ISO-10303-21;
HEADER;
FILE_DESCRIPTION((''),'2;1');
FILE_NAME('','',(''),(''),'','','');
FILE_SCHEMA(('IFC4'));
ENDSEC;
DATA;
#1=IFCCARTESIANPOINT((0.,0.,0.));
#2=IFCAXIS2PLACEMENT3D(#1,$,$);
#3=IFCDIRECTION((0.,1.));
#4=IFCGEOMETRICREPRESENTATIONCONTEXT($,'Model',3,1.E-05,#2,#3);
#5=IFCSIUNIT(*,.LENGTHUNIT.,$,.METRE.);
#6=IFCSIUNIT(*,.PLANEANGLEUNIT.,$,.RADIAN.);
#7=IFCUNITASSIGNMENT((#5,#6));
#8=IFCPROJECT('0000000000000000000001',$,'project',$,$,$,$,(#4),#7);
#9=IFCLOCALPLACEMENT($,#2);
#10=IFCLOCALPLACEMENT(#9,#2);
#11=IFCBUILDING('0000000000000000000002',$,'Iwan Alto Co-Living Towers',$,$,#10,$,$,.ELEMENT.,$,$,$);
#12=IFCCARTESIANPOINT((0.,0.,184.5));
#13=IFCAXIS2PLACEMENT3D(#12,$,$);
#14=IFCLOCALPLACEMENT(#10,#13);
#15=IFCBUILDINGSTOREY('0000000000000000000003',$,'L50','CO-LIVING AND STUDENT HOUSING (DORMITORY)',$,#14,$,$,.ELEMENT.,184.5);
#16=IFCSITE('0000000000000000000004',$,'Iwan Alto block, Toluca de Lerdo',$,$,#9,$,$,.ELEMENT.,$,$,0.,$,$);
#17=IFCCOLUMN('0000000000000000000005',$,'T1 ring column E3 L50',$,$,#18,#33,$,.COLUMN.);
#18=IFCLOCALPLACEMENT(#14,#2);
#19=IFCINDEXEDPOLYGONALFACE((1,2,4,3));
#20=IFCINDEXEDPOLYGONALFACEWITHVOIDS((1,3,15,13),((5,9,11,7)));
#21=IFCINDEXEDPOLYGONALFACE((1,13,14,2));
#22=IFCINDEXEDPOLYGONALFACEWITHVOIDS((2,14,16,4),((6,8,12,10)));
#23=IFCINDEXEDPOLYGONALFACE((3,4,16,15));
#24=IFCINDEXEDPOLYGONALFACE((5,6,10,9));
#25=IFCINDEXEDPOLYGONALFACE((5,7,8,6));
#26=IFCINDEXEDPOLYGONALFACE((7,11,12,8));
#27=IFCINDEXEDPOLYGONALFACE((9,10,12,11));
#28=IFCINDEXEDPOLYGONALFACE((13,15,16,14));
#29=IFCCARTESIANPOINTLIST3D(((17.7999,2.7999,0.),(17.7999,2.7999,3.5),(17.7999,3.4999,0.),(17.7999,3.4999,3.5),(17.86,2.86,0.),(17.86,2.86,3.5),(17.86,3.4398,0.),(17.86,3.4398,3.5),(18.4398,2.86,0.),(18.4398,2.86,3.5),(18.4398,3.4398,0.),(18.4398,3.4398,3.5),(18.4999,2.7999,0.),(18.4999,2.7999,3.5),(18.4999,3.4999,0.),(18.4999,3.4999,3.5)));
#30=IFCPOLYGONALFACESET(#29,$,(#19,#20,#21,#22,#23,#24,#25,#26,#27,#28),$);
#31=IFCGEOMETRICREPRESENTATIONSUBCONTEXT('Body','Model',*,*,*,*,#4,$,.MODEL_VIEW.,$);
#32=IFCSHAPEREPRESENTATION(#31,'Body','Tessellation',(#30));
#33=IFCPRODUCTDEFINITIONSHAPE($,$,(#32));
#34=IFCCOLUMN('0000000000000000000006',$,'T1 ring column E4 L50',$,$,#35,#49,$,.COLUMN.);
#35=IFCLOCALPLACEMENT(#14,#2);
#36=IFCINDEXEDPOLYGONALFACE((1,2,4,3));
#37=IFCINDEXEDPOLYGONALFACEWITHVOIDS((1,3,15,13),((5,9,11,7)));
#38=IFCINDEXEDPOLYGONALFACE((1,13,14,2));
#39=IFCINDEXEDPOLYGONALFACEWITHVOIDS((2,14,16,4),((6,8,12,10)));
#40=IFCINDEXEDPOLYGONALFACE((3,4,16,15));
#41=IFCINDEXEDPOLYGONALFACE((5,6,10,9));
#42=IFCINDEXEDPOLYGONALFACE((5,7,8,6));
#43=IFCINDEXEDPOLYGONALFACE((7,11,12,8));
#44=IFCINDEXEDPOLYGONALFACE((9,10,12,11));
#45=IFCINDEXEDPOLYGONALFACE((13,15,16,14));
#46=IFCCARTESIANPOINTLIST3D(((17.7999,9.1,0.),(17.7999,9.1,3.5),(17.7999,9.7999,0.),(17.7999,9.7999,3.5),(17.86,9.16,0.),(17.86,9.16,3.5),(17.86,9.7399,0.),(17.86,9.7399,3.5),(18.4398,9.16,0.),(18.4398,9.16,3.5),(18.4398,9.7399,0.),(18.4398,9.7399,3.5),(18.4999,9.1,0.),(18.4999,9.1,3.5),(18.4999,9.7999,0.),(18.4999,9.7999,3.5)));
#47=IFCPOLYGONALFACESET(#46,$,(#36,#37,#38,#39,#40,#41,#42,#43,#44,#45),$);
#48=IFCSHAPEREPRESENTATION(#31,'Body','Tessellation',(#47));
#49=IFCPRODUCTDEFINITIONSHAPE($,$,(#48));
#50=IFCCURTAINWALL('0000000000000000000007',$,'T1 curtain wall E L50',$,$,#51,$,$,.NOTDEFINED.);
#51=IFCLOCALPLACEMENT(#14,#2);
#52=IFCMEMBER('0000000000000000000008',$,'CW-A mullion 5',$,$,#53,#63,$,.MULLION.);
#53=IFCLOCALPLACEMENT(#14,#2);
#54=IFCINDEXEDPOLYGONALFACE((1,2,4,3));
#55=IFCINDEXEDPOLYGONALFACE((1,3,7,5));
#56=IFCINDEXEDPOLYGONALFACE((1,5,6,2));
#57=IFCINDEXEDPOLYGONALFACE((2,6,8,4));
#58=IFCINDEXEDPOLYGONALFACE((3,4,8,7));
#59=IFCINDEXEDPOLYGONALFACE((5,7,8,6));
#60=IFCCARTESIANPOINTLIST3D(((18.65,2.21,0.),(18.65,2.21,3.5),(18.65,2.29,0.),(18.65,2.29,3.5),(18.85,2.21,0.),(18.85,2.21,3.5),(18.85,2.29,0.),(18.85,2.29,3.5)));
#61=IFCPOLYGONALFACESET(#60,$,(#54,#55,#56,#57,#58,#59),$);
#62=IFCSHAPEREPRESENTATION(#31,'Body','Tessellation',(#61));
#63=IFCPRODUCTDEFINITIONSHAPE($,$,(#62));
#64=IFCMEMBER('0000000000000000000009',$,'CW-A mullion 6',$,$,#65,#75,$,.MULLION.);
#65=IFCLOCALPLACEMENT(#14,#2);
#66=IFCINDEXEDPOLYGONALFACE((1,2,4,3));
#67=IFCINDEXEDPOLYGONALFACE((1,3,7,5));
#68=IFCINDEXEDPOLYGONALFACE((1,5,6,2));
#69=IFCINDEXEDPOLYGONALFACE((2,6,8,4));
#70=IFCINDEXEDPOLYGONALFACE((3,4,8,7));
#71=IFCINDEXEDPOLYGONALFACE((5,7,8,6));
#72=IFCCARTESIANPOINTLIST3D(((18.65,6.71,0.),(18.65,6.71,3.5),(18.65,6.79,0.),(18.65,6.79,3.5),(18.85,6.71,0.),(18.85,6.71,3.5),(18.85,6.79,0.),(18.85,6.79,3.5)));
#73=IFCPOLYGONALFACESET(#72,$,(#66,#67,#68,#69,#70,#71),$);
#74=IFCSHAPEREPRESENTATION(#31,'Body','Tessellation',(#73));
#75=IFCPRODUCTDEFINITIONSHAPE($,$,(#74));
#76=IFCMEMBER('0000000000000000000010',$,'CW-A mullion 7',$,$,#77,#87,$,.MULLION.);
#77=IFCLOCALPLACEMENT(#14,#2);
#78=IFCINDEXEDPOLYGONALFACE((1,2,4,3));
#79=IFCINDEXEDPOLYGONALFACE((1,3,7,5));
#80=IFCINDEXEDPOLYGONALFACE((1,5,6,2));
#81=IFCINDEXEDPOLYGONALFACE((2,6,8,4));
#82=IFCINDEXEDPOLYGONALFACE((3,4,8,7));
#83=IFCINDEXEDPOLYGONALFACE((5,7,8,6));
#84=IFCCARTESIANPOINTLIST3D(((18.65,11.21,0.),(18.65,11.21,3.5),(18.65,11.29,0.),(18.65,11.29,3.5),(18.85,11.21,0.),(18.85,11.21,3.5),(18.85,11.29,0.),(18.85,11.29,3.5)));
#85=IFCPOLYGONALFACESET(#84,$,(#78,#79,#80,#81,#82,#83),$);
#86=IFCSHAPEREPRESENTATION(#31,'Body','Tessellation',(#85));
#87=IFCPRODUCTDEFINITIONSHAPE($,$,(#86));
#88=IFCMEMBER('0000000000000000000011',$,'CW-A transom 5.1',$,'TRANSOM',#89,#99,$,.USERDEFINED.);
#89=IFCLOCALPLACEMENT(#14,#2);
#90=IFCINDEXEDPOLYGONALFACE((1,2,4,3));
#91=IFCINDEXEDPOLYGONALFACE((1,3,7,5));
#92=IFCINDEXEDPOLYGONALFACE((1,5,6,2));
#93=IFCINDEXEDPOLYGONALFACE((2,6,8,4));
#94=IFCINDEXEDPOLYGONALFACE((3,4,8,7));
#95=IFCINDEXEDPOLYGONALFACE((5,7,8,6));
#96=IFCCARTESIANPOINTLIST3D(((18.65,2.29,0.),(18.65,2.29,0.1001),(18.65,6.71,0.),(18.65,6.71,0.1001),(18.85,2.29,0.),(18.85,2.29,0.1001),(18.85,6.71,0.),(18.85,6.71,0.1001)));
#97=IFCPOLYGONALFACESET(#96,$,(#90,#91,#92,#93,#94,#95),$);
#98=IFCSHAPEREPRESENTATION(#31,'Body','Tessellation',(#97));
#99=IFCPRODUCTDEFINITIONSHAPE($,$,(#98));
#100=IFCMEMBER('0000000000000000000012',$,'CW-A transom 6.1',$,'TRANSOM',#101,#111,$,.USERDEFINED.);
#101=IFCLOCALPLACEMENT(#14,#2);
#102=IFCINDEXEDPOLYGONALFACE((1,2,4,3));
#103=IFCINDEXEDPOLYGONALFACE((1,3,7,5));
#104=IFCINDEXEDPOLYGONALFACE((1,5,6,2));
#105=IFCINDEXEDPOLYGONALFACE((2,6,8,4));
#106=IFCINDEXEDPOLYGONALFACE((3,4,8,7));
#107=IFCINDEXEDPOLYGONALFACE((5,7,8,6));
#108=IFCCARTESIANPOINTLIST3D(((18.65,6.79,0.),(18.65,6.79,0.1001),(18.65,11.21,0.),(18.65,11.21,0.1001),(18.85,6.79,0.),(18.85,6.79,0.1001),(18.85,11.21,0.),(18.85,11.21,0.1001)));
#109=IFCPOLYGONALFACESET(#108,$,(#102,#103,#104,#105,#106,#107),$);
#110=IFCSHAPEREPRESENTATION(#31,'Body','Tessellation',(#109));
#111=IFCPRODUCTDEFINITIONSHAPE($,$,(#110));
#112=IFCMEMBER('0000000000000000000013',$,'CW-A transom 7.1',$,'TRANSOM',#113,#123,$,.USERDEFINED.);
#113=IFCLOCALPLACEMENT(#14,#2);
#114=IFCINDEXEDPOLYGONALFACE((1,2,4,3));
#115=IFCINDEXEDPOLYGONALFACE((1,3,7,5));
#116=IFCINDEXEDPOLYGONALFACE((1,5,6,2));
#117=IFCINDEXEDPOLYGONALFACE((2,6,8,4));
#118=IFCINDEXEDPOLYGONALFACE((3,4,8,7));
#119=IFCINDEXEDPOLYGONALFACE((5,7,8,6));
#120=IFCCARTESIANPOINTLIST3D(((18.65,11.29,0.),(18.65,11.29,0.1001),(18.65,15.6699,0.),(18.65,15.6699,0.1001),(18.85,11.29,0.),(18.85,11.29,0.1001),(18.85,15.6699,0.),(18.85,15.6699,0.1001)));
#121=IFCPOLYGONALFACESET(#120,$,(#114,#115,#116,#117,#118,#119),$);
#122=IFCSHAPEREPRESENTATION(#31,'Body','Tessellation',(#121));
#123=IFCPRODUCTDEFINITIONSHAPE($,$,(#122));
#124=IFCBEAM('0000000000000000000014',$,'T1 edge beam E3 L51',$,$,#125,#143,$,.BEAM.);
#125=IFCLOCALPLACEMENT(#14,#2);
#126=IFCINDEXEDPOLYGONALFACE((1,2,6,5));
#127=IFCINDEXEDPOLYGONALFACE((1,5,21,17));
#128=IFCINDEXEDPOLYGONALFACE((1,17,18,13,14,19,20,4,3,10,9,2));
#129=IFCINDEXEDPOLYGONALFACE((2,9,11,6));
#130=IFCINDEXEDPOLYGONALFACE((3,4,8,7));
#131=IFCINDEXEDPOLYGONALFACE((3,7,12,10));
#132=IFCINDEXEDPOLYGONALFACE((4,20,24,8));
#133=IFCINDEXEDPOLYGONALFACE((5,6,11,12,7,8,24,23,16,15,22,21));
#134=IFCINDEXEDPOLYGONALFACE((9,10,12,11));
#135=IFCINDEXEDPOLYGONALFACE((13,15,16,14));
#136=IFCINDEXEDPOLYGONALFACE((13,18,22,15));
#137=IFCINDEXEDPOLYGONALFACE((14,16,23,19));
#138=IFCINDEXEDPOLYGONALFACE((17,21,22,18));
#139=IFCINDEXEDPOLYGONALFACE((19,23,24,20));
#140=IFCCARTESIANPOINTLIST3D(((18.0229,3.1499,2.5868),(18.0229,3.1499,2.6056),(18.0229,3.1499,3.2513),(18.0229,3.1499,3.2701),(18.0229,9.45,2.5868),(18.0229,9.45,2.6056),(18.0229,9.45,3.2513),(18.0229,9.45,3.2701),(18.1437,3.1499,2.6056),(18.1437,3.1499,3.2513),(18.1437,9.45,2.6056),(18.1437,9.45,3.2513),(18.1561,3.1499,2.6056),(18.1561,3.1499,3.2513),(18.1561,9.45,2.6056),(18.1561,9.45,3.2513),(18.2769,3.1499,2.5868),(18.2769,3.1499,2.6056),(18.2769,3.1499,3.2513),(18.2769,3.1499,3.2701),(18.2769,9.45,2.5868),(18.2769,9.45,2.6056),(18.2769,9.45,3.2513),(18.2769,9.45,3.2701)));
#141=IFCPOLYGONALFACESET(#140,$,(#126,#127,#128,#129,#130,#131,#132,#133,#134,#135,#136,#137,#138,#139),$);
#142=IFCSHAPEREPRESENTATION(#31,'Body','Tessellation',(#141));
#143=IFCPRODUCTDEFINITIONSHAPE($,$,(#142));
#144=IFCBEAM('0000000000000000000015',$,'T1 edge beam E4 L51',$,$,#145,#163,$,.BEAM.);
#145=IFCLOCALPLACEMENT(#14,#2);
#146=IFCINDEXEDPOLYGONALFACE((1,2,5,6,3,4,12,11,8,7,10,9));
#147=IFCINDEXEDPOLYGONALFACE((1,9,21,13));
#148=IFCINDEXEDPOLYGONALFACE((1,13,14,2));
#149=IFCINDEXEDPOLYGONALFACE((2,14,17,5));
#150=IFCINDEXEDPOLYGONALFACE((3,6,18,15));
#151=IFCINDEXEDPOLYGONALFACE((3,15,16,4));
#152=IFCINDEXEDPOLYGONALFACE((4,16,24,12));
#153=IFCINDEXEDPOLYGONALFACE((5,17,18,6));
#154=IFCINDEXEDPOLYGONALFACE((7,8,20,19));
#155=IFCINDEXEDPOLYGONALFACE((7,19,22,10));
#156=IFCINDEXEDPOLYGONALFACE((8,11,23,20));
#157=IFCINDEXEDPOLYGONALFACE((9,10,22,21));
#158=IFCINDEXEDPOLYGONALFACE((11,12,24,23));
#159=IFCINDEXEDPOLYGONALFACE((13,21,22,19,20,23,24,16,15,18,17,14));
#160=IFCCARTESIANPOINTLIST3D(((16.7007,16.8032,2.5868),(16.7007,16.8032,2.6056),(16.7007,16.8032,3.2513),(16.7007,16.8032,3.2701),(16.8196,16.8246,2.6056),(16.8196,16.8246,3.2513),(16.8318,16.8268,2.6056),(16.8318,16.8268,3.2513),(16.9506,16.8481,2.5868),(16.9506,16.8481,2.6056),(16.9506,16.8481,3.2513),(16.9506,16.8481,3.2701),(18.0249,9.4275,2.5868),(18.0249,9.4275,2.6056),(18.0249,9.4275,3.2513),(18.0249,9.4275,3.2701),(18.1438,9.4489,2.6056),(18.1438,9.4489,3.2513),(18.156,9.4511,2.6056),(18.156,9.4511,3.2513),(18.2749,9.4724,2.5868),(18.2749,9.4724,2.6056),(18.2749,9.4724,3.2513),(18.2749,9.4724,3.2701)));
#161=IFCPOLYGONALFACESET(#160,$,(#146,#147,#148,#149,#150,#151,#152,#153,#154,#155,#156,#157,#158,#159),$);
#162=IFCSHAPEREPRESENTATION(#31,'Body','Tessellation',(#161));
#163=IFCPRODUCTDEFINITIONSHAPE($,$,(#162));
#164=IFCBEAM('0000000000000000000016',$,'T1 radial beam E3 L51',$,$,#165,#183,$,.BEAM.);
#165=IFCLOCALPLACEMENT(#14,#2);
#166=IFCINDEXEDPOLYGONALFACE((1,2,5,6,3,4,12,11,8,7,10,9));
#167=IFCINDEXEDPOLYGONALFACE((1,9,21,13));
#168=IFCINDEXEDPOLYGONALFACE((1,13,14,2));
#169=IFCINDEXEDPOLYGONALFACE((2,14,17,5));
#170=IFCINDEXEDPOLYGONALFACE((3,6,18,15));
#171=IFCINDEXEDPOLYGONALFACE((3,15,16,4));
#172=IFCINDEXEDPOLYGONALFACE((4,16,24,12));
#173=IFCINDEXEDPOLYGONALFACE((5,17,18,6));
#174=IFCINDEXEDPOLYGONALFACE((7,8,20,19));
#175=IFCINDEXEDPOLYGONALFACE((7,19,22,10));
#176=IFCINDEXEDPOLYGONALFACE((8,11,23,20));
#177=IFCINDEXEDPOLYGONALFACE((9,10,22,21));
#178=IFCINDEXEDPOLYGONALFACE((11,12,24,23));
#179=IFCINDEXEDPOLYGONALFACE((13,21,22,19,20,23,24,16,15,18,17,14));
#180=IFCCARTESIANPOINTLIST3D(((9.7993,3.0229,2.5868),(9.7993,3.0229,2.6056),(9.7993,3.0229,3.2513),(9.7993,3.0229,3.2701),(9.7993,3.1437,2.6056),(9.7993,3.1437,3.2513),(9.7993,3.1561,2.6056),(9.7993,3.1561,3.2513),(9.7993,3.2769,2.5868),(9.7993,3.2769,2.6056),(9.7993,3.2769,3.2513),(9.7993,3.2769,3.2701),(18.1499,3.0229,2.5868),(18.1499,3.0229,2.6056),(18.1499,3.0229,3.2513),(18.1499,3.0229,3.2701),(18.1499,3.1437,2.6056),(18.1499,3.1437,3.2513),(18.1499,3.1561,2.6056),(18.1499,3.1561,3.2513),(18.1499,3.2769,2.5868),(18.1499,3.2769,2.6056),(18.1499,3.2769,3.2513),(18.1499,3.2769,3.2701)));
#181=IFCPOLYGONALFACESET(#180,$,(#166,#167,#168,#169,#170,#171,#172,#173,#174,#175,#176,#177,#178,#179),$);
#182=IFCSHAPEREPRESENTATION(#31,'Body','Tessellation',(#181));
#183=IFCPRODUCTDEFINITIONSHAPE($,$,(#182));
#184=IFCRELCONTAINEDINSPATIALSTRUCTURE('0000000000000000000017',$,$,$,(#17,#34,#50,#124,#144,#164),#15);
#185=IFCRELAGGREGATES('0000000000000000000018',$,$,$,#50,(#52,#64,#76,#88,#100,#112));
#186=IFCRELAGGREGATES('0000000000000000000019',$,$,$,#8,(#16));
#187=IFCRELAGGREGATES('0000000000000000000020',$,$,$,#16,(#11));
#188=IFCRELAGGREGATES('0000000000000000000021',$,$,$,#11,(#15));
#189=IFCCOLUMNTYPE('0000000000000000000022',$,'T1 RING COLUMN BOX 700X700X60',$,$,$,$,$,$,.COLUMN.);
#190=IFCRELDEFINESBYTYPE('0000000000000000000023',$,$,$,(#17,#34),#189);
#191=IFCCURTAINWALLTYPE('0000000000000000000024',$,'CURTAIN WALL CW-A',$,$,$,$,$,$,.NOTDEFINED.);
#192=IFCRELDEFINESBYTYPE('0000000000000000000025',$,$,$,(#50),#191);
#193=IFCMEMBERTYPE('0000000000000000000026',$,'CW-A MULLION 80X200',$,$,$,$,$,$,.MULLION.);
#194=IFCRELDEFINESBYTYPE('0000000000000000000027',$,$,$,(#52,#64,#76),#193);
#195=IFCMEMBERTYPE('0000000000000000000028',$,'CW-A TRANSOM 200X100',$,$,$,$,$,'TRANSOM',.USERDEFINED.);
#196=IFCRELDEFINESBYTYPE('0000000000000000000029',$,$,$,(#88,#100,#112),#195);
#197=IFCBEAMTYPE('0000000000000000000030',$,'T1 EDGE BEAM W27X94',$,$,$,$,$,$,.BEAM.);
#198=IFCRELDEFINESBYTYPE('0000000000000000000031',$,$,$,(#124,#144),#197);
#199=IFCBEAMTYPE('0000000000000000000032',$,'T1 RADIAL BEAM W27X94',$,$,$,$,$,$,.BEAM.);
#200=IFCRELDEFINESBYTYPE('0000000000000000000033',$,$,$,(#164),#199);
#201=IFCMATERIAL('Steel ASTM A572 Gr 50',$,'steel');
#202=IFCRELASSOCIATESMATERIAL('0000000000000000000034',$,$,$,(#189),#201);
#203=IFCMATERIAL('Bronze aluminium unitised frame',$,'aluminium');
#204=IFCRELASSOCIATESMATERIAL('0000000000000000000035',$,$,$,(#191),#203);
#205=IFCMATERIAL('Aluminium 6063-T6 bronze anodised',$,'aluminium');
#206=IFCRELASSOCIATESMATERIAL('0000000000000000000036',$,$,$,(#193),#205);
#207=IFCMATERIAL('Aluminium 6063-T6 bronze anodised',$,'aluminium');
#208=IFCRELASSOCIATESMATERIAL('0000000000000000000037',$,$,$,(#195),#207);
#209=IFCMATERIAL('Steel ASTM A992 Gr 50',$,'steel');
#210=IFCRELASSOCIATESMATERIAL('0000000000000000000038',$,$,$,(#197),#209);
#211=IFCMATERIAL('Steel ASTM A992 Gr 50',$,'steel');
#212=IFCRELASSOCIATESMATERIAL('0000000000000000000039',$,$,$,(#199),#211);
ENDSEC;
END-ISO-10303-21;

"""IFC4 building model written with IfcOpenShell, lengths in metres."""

from ifc_helpers import new_model, si_unit, direction, frame, origin, origin_2d, place, context, subcontext, project, spatial, rectangle, hollow_rectangle, i_section, extrude, material, material_profile, profile_set, type_object, element, aggregate, save


model = new_model("IFC4")

# Units and contexts
model_context = context("Model", 3, precision=1e-05, world=origin(), true_north=direction((0.0, 1.0)))
body_context = subcontext(model_context, "Body", "Model", "MODEL_VIEW")
ifc_project = project(units=[si_unit("LENGTHUNIT", "METRE"), si_unit("PLANEANGLEUNIT", "RADIAN")], contexts=[model_context])

# Site, building, storey
site_placement = place(None, origin())
site = spatial("IfcSite", under=ifc_project, at=site_placement, Name="Iwan Alto block, Toluca de Lerdo", CompositionType="ELEMENT", RefElevation=0.0)
building_placement = place(site_placement, origin())
building = spatial("IfcBuilding", under=site, at=building_placement, Name="Iwan Alto Co-Living Towers", CompositionType="ELEMENT")
storey_placement = place(building_placement, frame((0.0, 0.0, 184.5)))
storey = spatial("IfcBuildingStorey", under=building, at=storey_placement, Name="L50", Description="CO-LIVING AND STUDENT HOUSING (DORMITORY)", CompositionType="ELEMENT", Elevation=184.5)

# Columns
ifc_material_1 = material(Name="Steel ASTM A572 Gr 50", Category="steel")
ifc_material_profile_1 = material_profile(ifc_material_1, hollow_rectangle(XDim=0.7, YDim=0.7, WallThickness=0.0601, at=origin_2d()), Name="BOX 700X700X60")
ifc_profile_set_1 = profile_set([ifc_material_profile_1], Name="Steel ASTM A572 Gr 50")
column_type = type_object("IfcColumnType", Name="T1 RING COLUMN BOX 700X700X60", PredefinedType="COLUMN", material=ifc_profile_set_1)
for number, where, z_axis, x_axis, name in (
    (1, (18.1499, 3.1499, 0.0), (0.0, 0.0, 1.0), (1.0, 0.0, 0.0), "T1 ring column E3 L50"),
    (2, (18.1499, 9.45, 0.0), (0.0, 0.0, 1.0), (1.0, 0.0, 0.0), "T1 ring column E4 L50"),
):
    element("IfcColumn", number, at=place(storey_placement, frame(where, z_axis=z_axis, x_axis=x_axis)), inside=storey, type_object=column_type, Name=name, PredefinedType="COLUMN", context=body_context, shape_type="SweptSolid", body=[
        extrude(hollow_rectangle(XDim=0.7, YDim=0.7, WallThickness=0.0601, at=origin_2d()), origin(), (0.0, 0.0, 1.0), 3.5),
    ])

# Curtain wall, members
ifc_material_2 = material(Name="Bronze aluminium unitised frame", Category="aluminium")
curtain_wall_type = type_object("IfcCurtainWallType", Name="CURTAIN WALL CW-A", PredefinedType="NOTDEFINED", material=ifc_material_2)
curtain_wall_placement = place(storey_placement, origin())
curtain_wall = element("IfcCurtainWall", 3, at=curtain_wall_placement, inside=storey, type_object=curtain_wall_type, Name="T1 curtain wall E L50", PredefinedType="NOTDEFINED")
ifc_material_3 = material(Name="Aluminium 6063-T6 bronze anodised", Category="aluminium")
ifc_material_profile_2 = material_profile(ifc_material_3, rectangle(XDim=0.2, YDim=0.0801, at=origin_2d()), Name="AL 80X200")
ifc_profile_set_2 = profile_set([ifc_material_profile_2], Name="Aluminium 6063-T6 bronze anodised")
member_type_1 = type_object("IfcMemberType", Name="CW-A MULLION 80X200", PredefinedType="MULLION", material=ifc_profile_set_2)
member_1_placement = place(storey_placement, frame((18.75, 2.25, 0.0), z_axis=(0.0, 0.0, 1.0), x_axis=(-1.0, 0.0, 0.0)))
member_1 = element("IfcMember", 4, at=member_1_placement, type_object=member_type_1, Name="CW-A mullion 5", PredefinedType="MULLION", context=body_context, shape_type="SweptSolid", body=[
    extrude(rectangle(XDim=0.2, YDim=0.0801, at=origin_2d()), origin(), (0.0, 0.0, 1.0), 3.5),
])
member_2_placement = place(storey_placement, frame((18.75, 6.75, 0.0), z_axis=(0.0, 0.0, 1.0), x_axis=(-1.0, 0.0, 0.0)))
member_2 = element("IfcMember", 5, at=member_2_placement, type_object=member_type_1, Name="CW-A mullion 6", PredefinedType="MULLION", context=body_context, shape_type="SweptSolid", body=[
    extrude(rectangle(XDim=0.2, YDim=0.0801, at=origin_2d()), origin(), (0.0, 0.0, 1.0), 3.5),
])
member_3_placement = place(storey_placement, frame((18.75, 11.25, 0.0), z_axis=(0.0, 0.0, 1.0), x_axis=(-1.0, 0.0, 0.0)))
member_3 = element("IfcMember", 6, at=member_3_placement, type_object=member_type_1, Name="CW-A mullion 7", PredefinedType="MULLION", context=body_context, shape_type="SweptSolid", body=[
    extrude(rectangle(XDim=0.2, YDim=0.0801, at=origin_2d()), origin(), (0.0, 0.0, 1.0), 3.5),
])
ifc_material_4 = material(Name="Aluminium 6063-T6 bronze anodised", Category="aluminium")
ifc_material_profile_3 = material_profile(ifc_material_4, rectangle(XDim=0.2, YDim=0.1001, at=origin_2d()), Name="AL 200X100")
ifc_profile_set_3 = profile_set([ifc_material_profile_3], Name="Aluminium 6063-T6 bronze anodised")
member_type_2 = type_object("IfcMemberType", Name="CW-A TRANSOM 200X100", ElementType="TRANSOM", PredefinedType="USERDEFINED", material=ifc_profile_set_3)
member_4_placement = place(storey_placement, frame((18.75, 2.29, 0.05), z_axis=(0.0, 1.0, 0.0), x_axis=(-1.0, 0.0, 0.0)))
member_4 = element("IfcMember", 7, at=member_4_placement, type_object=member_type_2, Name="CW-A transom 5.1", ObjectType="TRANSOM", PredefinedType="USERDEFINED", context=body_context, shape_type="SweptSolid", body=[
    extrude(rectangle(XDim=0.2, YDim=0.1001, at=origin_2d()), origin(), (0.0, 0.0, 1.0), 4.4199),
])
member_5_placement = place(storey_placement, frame((18.75, 6.79, 0.05), z_axis=(0.0, 1.0, 0.0), x_axis=(-1.0, 0.0, 0.0)))
member_5 = element("IfcMember", 8, at=member_5_placement, type_object=member_type_2, Name="CW-A transom 6.1", ObjectType="TRANSOM", PredefinedType="USERDEFINED", context=body_context, shape_type="SweptSolid", body=[
    extrude(rectangle(XDim=0.2, YDim=0.1001, at=origin_2d()), origin(), (0.0, 0.0, 1.0), 4.4199),
])
member_6_placement = place(storey_placement, frame((18.75, 11.29, 0.05), z_axis=(0.0, 1.0, 0.0), x_axis=(-1.0, 0.0, 0.0)))
member_6 = element("IfcMember", 9, at=member_6_placement, type_object=member_type_2, Name="CW-A transom 7.1", ObjectType="TRANSOM", PredefinedType="USERDEFINED", context=body_context, shape_type="SweptSolid", body=[
    extrude(rectangle(XDim=0.2, YDim=0.1001, at=origin_2d()), origin(), (0.0, 0.0, 1.0), 4.3799),
])

# Beams
ifc_material_5 = material(Name="Steel ASTM A992 Gr 50", Category="steel")
ifc_material_profile_4 = material_profile(ifc_material_5, i_section(OverallWidth=0.2539, OverallDepth=0.6833, WebThickness=0.0125, FlangeThickness=0.0188, at=origin_2d()), Name="W27X94")
ifc_profile_set_4 = profile_set([ifc_material_profile_4], Name="Steel ASTM A992 Gr 50")
beam_type_1 = type_object("IfcBeamType", Name="T1 EDGE BEAM W27X94", PredefinedType="BEAM", material=ifc_profile_set_4)
beam_1_placement = place(storey_placement, frame((18.1499, 3.1499, 2.9285), z_axis=(0.0, 1.0, 0.0), x_axis=(-1.0, 0.0, 0.0)))
element("IfcBeam", 10, at=beam_1_placement, inside=storey, type_object=beam_type_1, Name="T1 edge beam E3 L51", PredefinedType="BEAM", context=body_context, shape_type="SweptSolid", body=[
    extrude(i_section(OverallWidth=0.2539, OverallDepth=0.6833, WebThickness=0.0125, FlangeThickness=0.0188, at=origin_2d()), origin(), (0.0, 0.0, 1.0), 6.3),
])
beam_2_placement = place(storey_placement, frame((18.1499, 9.45, 2.9285), z_axis=(-0.176712, 0.984263, 0.0), x_axis=(-0.984263, -0.176712, 0.0)))
element("IfcBeam", 11, at=beam_2_placement, inside=storey, type_object=beam_type_1, Name="T1 edge beam E4 L51", PredefinedType="BEAM", context=body_context, shape_type="SweptSolid", body=[
    extrude(i_section(OverallWidth=0.2539, OverallDepth=0.6833, WebThickness=0.0125, FlangeThickness=0.0188, at=origin_2d()), origin(), (0.0, 0.0, 1.0), 7.4937),
])
ifc_material_6 = material(Name="Steel ASTM A992 Gr 50", Category="steel")
ifc_material_profile_5 = material_profile(ifc_material_6, i_section(OverallWidth=0.2539, OverallDepth=0.6833, WebThickness=0.0125, FlangeThickness=0.0188, at=origin_2d()), Name="W27X94")
ifc_profile_set_5 = profile_set([ifc_material_profile_5], Name="Steel ASTM A992 Gr 50")
beam_type_2 = type_object("IfcBeamType", Name="T1 RADIAL BEAM W27X94", PredefinedType="BEAM", material=ifc_profile_set_5)
for number, where, z_axis, x_axis, name in (
    (12, (18.1499, 3.1499, 2.9285), (-1.0, 0.0, 0.0), (0.0, -1.0, 0.0), "T1 radial beam E3 L51"),
):
    element("IfcBeam", number, at=place(storey_placement, frame(where, z_axis=z_axis, x_axis=x_axis)), inside=storey, type_object=beam_type_2, Name=name, PredefinedType="BEAM", context=body_context, shape_type="SweptSolid", body=[
        extrude(i_section(OverallWidth=0.2539, OverallDepth=0.6833, WebThickness=0.0125, FlangeThickness=0.0188, at=origin_2d()), origin(), (0.0, 0.0, 1.0), 8.3506),
    ])

aggregate(curtain_wall, [member_1, member_2, member_3, member_4, member_5, member_6])

save(model, "model.ifc")
